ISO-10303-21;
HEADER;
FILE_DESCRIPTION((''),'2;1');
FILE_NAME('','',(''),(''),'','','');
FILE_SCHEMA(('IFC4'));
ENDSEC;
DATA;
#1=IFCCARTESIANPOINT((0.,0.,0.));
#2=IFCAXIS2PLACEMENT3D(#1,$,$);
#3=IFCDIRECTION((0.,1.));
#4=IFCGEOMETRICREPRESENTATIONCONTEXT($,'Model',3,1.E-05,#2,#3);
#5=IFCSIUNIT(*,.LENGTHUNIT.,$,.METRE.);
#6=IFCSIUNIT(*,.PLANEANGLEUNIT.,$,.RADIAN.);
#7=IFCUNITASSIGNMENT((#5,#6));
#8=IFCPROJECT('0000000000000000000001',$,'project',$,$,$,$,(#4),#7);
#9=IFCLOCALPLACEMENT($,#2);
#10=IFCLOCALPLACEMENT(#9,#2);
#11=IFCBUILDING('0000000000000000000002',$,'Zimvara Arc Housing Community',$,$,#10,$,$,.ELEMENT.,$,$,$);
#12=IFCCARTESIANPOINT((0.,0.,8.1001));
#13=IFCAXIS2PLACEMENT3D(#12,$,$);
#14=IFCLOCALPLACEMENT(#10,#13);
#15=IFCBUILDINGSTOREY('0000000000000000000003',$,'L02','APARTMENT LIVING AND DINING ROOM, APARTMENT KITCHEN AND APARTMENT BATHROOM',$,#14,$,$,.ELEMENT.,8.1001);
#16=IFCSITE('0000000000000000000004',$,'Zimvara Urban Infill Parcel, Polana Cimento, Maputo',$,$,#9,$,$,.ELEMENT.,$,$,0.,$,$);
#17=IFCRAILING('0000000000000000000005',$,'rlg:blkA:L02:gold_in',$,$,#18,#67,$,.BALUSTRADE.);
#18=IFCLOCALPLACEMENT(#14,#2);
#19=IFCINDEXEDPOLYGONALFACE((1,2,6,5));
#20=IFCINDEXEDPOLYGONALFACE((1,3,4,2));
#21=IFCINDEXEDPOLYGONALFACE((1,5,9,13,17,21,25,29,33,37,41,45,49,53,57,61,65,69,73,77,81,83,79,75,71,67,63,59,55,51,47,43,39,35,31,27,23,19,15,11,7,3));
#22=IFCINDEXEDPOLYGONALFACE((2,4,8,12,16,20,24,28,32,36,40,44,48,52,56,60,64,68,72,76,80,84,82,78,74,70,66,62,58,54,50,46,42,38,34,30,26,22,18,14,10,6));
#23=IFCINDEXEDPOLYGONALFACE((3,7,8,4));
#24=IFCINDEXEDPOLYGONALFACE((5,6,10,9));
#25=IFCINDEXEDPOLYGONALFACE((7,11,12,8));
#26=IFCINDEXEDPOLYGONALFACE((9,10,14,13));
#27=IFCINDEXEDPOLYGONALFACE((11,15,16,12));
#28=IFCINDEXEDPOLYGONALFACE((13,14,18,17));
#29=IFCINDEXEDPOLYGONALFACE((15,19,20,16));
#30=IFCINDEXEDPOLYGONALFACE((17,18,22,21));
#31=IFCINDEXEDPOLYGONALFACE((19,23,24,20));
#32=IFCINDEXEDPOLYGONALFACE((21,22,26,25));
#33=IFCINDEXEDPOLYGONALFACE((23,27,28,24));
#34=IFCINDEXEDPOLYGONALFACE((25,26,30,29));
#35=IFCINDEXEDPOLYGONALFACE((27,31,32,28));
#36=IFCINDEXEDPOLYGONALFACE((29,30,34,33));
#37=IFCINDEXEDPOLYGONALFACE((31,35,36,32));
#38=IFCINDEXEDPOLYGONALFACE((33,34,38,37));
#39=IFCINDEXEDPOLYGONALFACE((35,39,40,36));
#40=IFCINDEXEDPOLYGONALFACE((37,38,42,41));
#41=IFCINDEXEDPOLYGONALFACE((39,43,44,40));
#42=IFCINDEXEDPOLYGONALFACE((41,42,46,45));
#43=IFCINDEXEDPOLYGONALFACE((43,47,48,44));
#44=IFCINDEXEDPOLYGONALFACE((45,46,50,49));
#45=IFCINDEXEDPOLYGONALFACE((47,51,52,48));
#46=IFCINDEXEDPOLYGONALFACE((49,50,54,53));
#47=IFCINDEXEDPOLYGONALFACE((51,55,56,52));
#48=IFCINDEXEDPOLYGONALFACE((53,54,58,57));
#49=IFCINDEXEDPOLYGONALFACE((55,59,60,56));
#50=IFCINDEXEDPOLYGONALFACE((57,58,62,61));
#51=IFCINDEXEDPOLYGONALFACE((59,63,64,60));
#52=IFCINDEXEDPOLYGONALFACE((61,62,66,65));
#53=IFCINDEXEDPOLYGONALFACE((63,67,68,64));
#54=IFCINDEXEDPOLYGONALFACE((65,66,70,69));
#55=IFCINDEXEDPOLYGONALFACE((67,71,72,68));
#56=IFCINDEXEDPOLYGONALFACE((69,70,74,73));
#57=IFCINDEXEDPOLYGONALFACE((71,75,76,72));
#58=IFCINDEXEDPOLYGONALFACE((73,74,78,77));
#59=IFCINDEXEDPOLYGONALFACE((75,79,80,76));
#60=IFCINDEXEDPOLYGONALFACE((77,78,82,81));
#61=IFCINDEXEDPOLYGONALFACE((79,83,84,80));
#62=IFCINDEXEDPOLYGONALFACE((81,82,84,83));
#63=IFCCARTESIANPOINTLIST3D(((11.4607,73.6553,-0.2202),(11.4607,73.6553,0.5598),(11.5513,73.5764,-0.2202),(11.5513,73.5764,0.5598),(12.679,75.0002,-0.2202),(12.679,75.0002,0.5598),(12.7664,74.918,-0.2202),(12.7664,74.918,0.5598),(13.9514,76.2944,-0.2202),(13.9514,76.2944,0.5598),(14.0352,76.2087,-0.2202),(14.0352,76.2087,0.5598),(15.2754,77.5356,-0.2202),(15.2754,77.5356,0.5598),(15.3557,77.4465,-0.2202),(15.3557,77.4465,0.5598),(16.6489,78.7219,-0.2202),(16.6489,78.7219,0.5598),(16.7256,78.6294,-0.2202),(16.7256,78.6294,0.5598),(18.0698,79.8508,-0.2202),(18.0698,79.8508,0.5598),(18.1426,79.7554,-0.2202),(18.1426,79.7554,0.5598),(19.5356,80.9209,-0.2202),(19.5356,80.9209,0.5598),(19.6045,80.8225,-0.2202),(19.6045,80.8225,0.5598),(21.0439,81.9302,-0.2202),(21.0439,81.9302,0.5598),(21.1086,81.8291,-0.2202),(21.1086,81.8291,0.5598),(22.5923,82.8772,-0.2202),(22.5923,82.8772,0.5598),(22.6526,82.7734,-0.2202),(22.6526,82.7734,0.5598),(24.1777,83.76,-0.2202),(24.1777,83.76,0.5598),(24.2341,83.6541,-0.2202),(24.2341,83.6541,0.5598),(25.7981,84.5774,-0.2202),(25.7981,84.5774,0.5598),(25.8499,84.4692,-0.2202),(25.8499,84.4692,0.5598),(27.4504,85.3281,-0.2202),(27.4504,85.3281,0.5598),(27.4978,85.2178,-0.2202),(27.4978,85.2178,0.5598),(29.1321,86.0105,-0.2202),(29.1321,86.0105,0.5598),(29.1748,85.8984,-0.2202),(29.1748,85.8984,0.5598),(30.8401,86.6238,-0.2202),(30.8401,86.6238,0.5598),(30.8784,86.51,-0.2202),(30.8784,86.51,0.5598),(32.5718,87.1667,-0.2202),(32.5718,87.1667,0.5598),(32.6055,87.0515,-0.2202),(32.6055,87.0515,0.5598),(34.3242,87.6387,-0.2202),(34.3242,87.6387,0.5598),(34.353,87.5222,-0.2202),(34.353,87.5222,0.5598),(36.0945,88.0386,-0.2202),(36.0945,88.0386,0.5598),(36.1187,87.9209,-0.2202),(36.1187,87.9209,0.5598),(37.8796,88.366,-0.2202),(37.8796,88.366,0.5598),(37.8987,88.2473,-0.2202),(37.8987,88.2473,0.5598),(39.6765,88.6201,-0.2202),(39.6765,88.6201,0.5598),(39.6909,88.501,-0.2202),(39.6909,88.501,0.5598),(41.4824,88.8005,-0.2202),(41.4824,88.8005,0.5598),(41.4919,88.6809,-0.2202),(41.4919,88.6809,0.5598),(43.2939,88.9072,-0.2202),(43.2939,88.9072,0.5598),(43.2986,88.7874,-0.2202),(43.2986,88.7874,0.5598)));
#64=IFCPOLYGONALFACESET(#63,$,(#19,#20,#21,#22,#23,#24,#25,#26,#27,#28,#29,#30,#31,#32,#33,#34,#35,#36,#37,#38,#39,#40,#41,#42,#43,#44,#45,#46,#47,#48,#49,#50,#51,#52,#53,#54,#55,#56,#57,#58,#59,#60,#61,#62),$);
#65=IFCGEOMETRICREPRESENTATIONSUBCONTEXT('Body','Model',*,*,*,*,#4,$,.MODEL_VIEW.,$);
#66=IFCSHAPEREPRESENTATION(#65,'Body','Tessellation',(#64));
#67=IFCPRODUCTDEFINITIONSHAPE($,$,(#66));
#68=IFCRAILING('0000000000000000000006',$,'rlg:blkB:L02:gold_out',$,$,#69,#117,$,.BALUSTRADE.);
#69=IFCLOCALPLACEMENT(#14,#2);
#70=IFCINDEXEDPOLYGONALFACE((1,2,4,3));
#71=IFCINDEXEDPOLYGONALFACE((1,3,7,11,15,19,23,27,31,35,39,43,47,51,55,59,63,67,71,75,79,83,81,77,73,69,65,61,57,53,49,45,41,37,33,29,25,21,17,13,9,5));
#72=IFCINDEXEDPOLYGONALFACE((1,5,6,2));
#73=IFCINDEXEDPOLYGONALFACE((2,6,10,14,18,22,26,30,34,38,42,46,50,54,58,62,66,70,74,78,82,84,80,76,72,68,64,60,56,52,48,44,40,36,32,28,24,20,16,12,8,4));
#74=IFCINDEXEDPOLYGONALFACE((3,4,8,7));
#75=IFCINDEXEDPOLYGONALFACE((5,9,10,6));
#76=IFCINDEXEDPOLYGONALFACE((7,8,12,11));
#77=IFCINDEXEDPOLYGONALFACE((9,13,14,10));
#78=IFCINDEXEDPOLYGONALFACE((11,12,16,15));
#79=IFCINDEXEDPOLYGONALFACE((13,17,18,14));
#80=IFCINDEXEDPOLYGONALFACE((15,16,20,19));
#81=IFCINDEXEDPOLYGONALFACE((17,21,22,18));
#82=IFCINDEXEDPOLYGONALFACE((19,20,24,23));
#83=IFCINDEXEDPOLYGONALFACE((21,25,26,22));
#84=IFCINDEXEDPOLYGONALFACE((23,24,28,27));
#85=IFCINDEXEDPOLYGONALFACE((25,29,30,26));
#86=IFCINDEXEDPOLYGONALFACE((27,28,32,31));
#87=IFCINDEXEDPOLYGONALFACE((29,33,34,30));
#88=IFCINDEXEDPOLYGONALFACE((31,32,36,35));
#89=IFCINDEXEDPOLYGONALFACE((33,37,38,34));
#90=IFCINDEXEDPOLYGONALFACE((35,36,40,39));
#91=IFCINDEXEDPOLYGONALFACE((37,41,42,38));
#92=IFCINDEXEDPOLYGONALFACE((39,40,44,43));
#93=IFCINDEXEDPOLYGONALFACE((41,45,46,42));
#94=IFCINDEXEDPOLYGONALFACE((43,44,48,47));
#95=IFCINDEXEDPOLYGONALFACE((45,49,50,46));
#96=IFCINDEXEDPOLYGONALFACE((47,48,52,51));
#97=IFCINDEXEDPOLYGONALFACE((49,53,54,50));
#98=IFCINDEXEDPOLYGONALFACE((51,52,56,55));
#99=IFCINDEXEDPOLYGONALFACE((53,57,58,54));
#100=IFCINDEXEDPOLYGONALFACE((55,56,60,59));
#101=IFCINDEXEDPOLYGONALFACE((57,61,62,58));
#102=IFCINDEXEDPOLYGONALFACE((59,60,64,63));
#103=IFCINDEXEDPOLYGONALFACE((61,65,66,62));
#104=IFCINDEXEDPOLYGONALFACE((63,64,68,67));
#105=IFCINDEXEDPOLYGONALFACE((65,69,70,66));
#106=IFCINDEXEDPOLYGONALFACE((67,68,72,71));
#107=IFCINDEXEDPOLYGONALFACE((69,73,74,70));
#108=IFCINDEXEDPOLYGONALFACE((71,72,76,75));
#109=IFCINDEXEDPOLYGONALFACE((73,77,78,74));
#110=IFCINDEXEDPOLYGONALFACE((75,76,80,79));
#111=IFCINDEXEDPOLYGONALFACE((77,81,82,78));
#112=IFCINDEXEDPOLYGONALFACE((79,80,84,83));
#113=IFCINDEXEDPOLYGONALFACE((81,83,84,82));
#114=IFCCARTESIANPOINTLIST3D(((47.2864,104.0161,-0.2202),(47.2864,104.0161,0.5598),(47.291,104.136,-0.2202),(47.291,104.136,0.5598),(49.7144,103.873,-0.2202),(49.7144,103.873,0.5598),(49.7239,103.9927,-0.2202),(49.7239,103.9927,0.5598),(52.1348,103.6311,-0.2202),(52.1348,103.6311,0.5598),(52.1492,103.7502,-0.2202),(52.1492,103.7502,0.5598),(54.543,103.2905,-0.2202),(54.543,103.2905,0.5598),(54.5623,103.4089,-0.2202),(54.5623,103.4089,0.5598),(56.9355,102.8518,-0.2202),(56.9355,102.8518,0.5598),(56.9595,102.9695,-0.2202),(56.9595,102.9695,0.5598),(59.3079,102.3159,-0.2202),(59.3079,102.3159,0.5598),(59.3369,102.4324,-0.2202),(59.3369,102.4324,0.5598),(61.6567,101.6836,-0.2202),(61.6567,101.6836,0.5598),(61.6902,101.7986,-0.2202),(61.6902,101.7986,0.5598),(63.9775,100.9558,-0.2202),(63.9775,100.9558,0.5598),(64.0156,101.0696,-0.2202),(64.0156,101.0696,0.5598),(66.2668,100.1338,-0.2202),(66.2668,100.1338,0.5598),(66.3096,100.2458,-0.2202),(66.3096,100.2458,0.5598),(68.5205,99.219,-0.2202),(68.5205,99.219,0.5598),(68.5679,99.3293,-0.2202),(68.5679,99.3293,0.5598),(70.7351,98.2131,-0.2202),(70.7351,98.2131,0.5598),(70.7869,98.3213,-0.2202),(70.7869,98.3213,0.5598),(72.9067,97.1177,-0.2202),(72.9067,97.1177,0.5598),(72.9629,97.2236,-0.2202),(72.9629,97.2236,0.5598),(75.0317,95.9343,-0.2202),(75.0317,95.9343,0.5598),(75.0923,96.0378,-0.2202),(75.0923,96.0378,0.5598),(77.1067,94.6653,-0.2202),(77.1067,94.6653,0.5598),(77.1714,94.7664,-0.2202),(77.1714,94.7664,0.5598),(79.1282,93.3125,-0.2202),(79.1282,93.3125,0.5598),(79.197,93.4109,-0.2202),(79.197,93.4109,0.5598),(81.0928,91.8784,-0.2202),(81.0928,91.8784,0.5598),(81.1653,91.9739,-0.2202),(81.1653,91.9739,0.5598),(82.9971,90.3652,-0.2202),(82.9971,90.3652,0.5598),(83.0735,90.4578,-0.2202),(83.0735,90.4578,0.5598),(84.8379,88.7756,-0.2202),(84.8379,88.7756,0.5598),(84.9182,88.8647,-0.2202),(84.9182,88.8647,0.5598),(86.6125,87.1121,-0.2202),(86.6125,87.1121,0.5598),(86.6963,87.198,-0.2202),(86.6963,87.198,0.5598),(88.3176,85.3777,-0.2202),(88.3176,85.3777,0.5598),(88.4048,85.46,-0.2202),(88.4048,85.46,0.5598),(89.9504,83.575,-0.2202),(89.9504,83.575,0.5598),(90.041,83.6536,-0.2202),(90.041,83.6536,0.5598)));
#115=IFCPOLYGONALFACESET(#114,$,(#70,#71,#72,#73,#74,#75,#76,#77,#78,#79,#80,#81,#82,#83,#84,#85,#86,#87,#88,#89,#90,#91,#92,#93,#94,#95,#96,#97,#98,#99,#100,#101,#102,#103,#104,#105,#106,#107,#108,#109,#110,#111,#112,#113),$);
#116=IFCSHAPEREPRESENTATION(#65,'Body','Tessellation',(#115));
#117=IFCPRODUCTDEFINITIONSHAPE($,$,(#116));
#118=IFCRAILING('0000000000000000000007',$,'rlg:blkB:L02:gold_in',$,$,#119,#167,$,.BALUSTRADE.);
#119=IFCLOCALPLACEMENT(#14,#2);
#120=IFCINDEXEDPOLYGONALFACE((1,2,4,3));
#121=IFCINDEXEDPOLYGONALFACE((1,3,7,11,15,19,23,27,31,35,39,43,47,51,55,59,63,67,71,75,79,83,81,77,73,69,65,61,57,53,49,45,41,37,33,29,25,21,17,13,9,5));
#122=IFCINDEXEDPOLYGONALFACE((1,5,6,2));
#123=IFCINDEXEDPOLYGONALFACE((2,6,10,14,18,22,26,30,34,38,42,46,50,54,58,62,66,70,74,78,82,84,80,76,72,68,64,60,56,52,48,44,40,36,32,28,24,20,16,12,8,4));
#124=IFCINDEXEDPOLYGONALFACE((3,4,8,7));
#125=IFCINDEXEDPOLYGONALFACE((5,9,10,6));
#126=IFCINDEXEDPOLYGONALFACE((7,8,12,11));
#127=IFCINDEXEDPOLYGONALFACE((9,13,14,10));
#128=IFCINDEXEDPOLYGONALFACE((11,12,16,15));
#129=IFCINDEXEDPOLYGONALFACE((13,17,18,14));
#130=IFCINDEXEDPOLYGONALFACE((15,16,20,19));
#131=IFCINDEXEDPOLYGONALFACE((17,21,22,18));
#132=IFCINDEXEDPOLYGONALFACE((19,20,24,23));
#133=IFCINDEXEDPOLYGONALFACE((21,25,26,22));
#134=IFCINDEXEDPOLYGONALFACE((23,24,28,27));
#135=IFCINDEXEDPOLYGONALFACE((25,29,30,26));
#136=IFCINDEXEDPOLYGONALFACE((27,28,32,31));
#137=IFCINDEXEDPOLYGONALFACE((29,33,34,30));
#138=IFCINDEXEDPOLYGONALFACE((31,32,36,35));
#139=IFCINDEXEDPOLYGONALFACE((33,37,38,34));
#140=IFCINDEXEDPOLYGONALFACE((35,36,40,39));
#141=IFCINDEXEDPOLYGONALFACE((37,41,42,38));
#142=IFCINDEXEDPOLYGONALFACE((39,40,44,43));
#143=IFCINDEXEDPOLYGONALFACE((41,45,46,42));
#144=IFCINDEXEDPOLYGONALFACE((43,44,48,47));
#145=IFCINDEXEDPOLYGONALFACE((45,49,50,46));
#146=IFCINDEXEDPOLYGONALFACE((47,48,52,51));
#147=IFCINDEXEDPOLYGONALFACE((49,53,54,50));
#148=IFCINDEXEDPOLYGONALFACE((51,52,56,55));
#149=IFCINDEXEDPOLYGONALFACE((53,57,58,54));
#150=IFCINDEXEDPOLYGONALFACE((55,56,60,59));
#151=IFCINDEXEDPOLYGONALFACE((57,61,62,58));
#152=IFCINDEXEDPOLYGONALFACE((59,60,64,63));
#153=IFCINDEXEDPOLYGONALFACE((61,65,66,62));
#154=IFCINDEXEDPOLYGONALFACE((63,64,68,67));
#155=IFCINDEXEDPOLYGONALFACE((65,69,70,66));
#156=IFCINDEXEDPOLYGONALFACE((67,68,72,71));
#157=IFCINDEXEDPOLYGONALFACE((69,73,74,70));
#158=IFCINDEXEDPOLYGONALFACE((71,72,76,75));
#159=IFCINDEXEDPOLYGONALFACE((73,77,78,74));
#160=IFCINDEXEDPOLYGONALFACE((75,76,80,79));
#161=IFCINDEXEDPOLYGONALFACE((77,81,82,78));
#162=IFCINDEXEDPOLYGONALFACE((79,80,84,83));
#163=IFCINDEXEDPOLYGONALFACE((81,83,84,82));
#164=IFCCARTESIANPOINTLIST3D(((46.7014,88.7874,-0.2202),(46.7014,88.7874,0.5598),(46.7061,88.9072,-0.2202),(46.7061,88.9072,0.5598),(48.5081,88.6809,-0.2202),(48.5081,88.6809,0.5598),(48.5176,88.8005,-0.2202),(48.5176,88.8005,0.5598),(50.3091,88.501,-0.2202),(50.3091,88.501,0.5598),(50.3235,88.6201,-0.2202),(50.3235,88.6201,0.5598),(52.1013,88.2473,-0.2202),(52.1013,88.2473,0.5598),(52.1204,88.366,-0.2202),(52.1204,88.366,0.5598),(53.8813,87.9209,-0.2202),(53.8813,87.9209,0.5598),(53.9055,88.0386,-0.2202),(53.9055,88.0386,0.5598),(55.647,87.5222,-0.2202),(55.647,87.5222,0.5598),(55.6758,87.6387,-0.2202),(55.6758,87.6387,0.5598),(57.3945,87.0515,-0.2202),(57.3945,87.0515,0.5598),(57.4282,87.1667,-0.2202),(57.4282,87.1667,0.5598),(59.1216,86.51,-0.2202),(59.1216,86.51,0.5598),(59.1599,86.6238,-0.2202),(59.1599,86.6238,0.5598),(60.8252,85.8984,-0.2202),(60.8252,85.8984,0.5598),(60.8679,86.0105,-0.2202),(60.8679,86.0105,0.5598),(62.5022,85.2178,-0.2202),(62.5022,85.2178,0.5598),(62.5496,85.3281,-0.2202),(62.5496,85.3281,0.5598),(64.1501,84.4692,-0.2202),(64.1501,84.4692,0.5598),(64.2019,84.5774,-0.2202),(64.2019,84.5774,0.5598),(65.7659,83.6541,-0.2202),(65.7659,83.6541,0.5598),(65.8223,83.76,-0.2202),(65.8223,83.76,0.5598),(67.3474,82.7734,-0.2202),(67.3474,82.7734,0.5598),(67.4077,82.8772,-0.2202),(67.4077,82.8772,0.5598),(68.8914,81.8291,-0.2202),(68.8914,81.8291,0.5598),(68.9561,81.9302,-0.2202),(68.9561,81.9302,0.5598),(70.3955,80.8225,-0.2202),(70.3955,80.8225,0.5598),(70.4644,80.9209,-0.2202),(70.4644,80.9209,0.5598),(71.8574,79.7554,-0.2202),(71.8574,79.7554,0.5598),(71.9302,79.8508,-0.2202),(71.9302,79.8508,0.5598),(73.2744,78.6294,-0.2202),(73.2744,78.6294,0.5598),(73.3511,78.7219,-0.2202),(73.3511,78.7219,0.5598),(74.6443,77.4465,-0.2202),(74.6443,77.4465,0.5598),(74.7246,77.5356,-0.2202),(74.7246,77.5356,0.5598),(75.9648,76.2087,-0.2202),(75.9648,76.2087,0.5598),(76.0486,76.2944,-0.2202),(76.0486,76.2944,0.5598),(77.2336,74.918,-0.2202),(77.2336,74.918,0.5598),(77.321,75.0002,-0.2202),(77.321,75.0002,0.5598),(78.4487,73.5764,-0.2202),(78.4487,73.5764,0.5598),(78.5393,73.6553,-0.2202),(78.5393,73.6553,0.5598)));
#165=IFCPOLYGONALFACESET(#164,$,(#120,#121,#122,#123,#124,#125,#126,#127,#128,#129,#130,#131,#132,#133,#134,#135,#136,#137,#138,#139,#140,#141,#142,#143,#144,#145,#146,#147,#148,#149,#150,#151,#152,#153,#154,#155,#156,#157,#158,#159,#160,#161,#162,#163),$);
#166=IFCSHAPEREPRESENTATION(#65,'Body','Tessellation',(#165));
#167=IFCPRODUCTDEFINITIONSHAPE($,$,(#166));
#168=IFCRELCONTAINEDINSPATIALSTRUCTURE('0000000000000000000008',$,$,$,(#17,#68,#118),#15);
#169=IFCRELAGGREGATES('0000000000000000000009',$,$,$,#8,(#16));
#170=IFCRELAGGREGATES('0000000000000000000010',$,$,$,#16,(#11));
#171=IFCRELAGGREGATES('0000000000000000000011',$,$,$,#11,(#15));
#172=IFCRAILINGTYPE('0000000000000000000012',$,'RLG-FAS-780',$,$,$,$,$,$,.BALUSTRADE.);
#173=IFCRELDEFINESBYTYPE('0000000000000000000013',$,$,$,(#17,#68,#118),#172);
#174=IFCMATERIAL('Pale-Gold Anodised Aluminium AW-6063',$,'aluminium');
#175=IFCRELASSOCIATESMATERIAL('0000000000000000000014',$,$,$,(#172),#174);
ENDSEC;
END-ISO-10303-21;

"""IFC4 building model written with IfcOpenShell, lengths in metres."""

from ifc_helpers import new_model, si_unit, direction, frame, origin, place, context, subcontext, project, spatial, polyline, outline, extrude, material, type_object, element, save


model = new_model("IFC4")

# Units and contexts
model_context = context("Model", 3, precision=1e-05, world=origin(), true_north=direction((0.0, 1.0)))
body_context = subcontext(model_context, "Body", "Model", "MODEL_VIEW")
ifc_project = project(units=[si_unit("LENGTHUNIT", "METRE"), si_unit("PLANEANGLEUNIT", "RADIAN")], contexts=[model_context])

# Site, building, storey
site_placement = place(None, origin())
site = spatial("IfcSite", under=ifc_project, at=site_placement, Name="Zimvara Urban Infill Parcel, Polana Cimento, Maputo", CompositionType="ELEMENT", RefElevation=0.0)
building_placement = place(site_placement, origin())
building = spatial("IfcBuilding", under=site, at=building_placement, Name="Zimvara Arc Housing Community", CompositionType="ELEMENT")
storey_placement = place(building_placement, frame((0.0, 0.0, 8.1001)))
storey = spatial("IfcBuildingStorey", under=building, at=storey_placement, Name="L02", Description="APARTMENT LIVING AND DINING ROOM, APARTMENT KITCHEN AND APARTMENT BATHROOM", CompositionType="ELEMENT", Elevation=8.1001)

# Railings
ifc_material_1 = material(Name="Pale-Gold Anodised Aluminium AW-6063", Category="aluminium")
railing_type = type_object("IfcRailingType", Name="RLG-FAS-780", PredefinedType="BALUSTRADE", material=ifc_material_1)
railing_1_placement = place(storey_placement, frame((0.0, 0.0, -0.2202)))
element("IfcRailing", 1, at=railing_1_placement, inside=storey, type_object=railing_type, Name="rlg:blkA:L02:gold_in", PredefinedType="BALUSTRADE", context=body_context, shape_type="SweptSolid", body=[
    extrude(outline(polyline([(11.5513, 73.5764), (12.7664, 74.918), (14.0352, 76.2087), (15.3557, 77.4465), (16.7256, 78.6294), (18.1426, 79.7554), (19.6045, 80.8225), (21.1086, 81.8291), (22.6526, 82.7734), (24.2341, 83.6541), (25.8499, 84.4692), (27.4978, 85.2178), (29.1748, 85.8984), (30.8784, 86.51), (32.6055, 87.0515), (34.353, 87.5222), (36.1187, 87.9209), (37.8987, 88.2473), (39.6909, 88.501), (41.4919, 88.6809), (43.2986, 88.7874), (43.2939, 88.9072), (41.4824, 88.8005), (39.6765, 88.6201), (37.8796, 88.366), (36.0945, 88.0386), (34.3242, 87.6387), (32.5718, 87.1667), (30.8401, 86.6238), (29.1321, 86.0105), (27.4504, 85.3281), (25.7981, 84.5774), (24.1777, 83.76), (22.5923, 82.8772), (21.0439, 81.9302), (19.5356, 80.9209), (18.0698, 79.8508), (16.6489, 78.7219), (15.2754, 77.5356), (13.9514, 76.2944), (12.679, 75.0002), (11.4607, 73.6553), (11.5513, 73.5764)])), origin(), (0.0, 0.0, 1.0), 0.78),
])
railing_2_placement = place(storey_placement, frame((0.0, 0.0, -0.2202)))
element("IfcRailing", 2, at=railing_2_placement, inside=storey, type_object=railing_type, Name="rlg:blkB:L02:gold_out", PredefinedType="BALUSTRADE", context=body_context, shape_type="SweptSolid", body=[
    extrude(outline(polyline([(47.2864, 104.0161), (49.7144, 103.873), (52.1348, 103.6311), (54.543, 103.2905), (56.9355, 102.8518), (59.3079, 102.3159), (61.6567, 101.6836), (63.9775, 100.9558), (66.2668, 100.1338), (68.5205, 99.219), (70.7351, 98.2131), (72.9067, 97.1177), (75.0317, 95.9343), (77.1067, 94.6653), (79.1282, 93.3125), (81.0928, 91.8784), (82.9971, 90.3652), (84.8379, 88.7756), (86.6125, 87.1121), (88.3176, 85.3777), (89.9504, 83.575), (90.041, 83.6536), (88.4048, 85.46), (86.6963, 87.198), (84.9182, 88.8647), (83.0735, 90.4578), (81.1653, 91.9739), (79.197, 93.4109), (77.1714, 94.7664), (75.0923, 96.0378), (72.9629, 97.2236), (70.7869, 98.3213), (68.5679, 99.3293), (66.3096, 100.2458), (64.0156, 101.0696), (61.6902, 101.7986), (59.3369, 102.4324), (56.9595, 102.9695), (54.5623, 103.4089), (52.1492, 103.7502), (49.7239, 103.9927), (47.291, 104.136), (47.2864, 104.0161)])), origin(), (0.0, 0.0, 1.0), 0.78),
])
railing_3_placement = place(storey_placement, frame((0.0, 0.0, -0.2202)))
element("IfcRailing", 3, at=railing_3_placement, inside=storey, type_object=railing_type, Name="rlg:blkB:L02:gold_in", PredefinedType="BALUSTRADE", context=body_context, shape_type="SweptSolid", body=[
    extrude(outline(polyline([(46.7014, 88.7874), (48.5081, 88.6809), (50.3091, 88.501), (52.1013, 88.2473), (53.8813, 87.9209), (55.647, 87.5222), (57.3945, 87.0515), (59.1216, 86.51), (60.8252, 85.8984), (62.5022, 85.2178), (64.1501, 84.4692), (65.7659, 83.6541), (67.3474, 82.7734), (68.8914, 81.8291), (70.3955, 80.8225), (71.8574, 79.7554), (73.2744, 78.6294), (74.6443, 77.4465), (75.9648, 76.2087), (77.2336, 74.918), (78.4487, 73.5764), (78.5393, 73.6553), (77.321, 75.0002), (76.0486, 76.2944), (74.7246, 77.5356), (73.3511, 78.7219), (71.9302, 79.8508), (70.4644, 80.9209), (68.9561, 81.9302), (67.4077, 82.8772), (65.8223, 83.76), (64.2019, 84.5774), (62.5496, 85.3281), (60.8679, 86.0105), (59.1599, 86.6238), (57.4282, 87.1667), (55.6758, 87.6387), (53.9055, 88.0386), (52.1204, 88.366), (50.3235, 88.6201), (48.5176, 88.8005), (46.7061, 88.9072), (46.7014, 88.7874)])), origin(), (0.0, 0.0, 1.0), 0.78),
])

save(model, "model.ifc")
